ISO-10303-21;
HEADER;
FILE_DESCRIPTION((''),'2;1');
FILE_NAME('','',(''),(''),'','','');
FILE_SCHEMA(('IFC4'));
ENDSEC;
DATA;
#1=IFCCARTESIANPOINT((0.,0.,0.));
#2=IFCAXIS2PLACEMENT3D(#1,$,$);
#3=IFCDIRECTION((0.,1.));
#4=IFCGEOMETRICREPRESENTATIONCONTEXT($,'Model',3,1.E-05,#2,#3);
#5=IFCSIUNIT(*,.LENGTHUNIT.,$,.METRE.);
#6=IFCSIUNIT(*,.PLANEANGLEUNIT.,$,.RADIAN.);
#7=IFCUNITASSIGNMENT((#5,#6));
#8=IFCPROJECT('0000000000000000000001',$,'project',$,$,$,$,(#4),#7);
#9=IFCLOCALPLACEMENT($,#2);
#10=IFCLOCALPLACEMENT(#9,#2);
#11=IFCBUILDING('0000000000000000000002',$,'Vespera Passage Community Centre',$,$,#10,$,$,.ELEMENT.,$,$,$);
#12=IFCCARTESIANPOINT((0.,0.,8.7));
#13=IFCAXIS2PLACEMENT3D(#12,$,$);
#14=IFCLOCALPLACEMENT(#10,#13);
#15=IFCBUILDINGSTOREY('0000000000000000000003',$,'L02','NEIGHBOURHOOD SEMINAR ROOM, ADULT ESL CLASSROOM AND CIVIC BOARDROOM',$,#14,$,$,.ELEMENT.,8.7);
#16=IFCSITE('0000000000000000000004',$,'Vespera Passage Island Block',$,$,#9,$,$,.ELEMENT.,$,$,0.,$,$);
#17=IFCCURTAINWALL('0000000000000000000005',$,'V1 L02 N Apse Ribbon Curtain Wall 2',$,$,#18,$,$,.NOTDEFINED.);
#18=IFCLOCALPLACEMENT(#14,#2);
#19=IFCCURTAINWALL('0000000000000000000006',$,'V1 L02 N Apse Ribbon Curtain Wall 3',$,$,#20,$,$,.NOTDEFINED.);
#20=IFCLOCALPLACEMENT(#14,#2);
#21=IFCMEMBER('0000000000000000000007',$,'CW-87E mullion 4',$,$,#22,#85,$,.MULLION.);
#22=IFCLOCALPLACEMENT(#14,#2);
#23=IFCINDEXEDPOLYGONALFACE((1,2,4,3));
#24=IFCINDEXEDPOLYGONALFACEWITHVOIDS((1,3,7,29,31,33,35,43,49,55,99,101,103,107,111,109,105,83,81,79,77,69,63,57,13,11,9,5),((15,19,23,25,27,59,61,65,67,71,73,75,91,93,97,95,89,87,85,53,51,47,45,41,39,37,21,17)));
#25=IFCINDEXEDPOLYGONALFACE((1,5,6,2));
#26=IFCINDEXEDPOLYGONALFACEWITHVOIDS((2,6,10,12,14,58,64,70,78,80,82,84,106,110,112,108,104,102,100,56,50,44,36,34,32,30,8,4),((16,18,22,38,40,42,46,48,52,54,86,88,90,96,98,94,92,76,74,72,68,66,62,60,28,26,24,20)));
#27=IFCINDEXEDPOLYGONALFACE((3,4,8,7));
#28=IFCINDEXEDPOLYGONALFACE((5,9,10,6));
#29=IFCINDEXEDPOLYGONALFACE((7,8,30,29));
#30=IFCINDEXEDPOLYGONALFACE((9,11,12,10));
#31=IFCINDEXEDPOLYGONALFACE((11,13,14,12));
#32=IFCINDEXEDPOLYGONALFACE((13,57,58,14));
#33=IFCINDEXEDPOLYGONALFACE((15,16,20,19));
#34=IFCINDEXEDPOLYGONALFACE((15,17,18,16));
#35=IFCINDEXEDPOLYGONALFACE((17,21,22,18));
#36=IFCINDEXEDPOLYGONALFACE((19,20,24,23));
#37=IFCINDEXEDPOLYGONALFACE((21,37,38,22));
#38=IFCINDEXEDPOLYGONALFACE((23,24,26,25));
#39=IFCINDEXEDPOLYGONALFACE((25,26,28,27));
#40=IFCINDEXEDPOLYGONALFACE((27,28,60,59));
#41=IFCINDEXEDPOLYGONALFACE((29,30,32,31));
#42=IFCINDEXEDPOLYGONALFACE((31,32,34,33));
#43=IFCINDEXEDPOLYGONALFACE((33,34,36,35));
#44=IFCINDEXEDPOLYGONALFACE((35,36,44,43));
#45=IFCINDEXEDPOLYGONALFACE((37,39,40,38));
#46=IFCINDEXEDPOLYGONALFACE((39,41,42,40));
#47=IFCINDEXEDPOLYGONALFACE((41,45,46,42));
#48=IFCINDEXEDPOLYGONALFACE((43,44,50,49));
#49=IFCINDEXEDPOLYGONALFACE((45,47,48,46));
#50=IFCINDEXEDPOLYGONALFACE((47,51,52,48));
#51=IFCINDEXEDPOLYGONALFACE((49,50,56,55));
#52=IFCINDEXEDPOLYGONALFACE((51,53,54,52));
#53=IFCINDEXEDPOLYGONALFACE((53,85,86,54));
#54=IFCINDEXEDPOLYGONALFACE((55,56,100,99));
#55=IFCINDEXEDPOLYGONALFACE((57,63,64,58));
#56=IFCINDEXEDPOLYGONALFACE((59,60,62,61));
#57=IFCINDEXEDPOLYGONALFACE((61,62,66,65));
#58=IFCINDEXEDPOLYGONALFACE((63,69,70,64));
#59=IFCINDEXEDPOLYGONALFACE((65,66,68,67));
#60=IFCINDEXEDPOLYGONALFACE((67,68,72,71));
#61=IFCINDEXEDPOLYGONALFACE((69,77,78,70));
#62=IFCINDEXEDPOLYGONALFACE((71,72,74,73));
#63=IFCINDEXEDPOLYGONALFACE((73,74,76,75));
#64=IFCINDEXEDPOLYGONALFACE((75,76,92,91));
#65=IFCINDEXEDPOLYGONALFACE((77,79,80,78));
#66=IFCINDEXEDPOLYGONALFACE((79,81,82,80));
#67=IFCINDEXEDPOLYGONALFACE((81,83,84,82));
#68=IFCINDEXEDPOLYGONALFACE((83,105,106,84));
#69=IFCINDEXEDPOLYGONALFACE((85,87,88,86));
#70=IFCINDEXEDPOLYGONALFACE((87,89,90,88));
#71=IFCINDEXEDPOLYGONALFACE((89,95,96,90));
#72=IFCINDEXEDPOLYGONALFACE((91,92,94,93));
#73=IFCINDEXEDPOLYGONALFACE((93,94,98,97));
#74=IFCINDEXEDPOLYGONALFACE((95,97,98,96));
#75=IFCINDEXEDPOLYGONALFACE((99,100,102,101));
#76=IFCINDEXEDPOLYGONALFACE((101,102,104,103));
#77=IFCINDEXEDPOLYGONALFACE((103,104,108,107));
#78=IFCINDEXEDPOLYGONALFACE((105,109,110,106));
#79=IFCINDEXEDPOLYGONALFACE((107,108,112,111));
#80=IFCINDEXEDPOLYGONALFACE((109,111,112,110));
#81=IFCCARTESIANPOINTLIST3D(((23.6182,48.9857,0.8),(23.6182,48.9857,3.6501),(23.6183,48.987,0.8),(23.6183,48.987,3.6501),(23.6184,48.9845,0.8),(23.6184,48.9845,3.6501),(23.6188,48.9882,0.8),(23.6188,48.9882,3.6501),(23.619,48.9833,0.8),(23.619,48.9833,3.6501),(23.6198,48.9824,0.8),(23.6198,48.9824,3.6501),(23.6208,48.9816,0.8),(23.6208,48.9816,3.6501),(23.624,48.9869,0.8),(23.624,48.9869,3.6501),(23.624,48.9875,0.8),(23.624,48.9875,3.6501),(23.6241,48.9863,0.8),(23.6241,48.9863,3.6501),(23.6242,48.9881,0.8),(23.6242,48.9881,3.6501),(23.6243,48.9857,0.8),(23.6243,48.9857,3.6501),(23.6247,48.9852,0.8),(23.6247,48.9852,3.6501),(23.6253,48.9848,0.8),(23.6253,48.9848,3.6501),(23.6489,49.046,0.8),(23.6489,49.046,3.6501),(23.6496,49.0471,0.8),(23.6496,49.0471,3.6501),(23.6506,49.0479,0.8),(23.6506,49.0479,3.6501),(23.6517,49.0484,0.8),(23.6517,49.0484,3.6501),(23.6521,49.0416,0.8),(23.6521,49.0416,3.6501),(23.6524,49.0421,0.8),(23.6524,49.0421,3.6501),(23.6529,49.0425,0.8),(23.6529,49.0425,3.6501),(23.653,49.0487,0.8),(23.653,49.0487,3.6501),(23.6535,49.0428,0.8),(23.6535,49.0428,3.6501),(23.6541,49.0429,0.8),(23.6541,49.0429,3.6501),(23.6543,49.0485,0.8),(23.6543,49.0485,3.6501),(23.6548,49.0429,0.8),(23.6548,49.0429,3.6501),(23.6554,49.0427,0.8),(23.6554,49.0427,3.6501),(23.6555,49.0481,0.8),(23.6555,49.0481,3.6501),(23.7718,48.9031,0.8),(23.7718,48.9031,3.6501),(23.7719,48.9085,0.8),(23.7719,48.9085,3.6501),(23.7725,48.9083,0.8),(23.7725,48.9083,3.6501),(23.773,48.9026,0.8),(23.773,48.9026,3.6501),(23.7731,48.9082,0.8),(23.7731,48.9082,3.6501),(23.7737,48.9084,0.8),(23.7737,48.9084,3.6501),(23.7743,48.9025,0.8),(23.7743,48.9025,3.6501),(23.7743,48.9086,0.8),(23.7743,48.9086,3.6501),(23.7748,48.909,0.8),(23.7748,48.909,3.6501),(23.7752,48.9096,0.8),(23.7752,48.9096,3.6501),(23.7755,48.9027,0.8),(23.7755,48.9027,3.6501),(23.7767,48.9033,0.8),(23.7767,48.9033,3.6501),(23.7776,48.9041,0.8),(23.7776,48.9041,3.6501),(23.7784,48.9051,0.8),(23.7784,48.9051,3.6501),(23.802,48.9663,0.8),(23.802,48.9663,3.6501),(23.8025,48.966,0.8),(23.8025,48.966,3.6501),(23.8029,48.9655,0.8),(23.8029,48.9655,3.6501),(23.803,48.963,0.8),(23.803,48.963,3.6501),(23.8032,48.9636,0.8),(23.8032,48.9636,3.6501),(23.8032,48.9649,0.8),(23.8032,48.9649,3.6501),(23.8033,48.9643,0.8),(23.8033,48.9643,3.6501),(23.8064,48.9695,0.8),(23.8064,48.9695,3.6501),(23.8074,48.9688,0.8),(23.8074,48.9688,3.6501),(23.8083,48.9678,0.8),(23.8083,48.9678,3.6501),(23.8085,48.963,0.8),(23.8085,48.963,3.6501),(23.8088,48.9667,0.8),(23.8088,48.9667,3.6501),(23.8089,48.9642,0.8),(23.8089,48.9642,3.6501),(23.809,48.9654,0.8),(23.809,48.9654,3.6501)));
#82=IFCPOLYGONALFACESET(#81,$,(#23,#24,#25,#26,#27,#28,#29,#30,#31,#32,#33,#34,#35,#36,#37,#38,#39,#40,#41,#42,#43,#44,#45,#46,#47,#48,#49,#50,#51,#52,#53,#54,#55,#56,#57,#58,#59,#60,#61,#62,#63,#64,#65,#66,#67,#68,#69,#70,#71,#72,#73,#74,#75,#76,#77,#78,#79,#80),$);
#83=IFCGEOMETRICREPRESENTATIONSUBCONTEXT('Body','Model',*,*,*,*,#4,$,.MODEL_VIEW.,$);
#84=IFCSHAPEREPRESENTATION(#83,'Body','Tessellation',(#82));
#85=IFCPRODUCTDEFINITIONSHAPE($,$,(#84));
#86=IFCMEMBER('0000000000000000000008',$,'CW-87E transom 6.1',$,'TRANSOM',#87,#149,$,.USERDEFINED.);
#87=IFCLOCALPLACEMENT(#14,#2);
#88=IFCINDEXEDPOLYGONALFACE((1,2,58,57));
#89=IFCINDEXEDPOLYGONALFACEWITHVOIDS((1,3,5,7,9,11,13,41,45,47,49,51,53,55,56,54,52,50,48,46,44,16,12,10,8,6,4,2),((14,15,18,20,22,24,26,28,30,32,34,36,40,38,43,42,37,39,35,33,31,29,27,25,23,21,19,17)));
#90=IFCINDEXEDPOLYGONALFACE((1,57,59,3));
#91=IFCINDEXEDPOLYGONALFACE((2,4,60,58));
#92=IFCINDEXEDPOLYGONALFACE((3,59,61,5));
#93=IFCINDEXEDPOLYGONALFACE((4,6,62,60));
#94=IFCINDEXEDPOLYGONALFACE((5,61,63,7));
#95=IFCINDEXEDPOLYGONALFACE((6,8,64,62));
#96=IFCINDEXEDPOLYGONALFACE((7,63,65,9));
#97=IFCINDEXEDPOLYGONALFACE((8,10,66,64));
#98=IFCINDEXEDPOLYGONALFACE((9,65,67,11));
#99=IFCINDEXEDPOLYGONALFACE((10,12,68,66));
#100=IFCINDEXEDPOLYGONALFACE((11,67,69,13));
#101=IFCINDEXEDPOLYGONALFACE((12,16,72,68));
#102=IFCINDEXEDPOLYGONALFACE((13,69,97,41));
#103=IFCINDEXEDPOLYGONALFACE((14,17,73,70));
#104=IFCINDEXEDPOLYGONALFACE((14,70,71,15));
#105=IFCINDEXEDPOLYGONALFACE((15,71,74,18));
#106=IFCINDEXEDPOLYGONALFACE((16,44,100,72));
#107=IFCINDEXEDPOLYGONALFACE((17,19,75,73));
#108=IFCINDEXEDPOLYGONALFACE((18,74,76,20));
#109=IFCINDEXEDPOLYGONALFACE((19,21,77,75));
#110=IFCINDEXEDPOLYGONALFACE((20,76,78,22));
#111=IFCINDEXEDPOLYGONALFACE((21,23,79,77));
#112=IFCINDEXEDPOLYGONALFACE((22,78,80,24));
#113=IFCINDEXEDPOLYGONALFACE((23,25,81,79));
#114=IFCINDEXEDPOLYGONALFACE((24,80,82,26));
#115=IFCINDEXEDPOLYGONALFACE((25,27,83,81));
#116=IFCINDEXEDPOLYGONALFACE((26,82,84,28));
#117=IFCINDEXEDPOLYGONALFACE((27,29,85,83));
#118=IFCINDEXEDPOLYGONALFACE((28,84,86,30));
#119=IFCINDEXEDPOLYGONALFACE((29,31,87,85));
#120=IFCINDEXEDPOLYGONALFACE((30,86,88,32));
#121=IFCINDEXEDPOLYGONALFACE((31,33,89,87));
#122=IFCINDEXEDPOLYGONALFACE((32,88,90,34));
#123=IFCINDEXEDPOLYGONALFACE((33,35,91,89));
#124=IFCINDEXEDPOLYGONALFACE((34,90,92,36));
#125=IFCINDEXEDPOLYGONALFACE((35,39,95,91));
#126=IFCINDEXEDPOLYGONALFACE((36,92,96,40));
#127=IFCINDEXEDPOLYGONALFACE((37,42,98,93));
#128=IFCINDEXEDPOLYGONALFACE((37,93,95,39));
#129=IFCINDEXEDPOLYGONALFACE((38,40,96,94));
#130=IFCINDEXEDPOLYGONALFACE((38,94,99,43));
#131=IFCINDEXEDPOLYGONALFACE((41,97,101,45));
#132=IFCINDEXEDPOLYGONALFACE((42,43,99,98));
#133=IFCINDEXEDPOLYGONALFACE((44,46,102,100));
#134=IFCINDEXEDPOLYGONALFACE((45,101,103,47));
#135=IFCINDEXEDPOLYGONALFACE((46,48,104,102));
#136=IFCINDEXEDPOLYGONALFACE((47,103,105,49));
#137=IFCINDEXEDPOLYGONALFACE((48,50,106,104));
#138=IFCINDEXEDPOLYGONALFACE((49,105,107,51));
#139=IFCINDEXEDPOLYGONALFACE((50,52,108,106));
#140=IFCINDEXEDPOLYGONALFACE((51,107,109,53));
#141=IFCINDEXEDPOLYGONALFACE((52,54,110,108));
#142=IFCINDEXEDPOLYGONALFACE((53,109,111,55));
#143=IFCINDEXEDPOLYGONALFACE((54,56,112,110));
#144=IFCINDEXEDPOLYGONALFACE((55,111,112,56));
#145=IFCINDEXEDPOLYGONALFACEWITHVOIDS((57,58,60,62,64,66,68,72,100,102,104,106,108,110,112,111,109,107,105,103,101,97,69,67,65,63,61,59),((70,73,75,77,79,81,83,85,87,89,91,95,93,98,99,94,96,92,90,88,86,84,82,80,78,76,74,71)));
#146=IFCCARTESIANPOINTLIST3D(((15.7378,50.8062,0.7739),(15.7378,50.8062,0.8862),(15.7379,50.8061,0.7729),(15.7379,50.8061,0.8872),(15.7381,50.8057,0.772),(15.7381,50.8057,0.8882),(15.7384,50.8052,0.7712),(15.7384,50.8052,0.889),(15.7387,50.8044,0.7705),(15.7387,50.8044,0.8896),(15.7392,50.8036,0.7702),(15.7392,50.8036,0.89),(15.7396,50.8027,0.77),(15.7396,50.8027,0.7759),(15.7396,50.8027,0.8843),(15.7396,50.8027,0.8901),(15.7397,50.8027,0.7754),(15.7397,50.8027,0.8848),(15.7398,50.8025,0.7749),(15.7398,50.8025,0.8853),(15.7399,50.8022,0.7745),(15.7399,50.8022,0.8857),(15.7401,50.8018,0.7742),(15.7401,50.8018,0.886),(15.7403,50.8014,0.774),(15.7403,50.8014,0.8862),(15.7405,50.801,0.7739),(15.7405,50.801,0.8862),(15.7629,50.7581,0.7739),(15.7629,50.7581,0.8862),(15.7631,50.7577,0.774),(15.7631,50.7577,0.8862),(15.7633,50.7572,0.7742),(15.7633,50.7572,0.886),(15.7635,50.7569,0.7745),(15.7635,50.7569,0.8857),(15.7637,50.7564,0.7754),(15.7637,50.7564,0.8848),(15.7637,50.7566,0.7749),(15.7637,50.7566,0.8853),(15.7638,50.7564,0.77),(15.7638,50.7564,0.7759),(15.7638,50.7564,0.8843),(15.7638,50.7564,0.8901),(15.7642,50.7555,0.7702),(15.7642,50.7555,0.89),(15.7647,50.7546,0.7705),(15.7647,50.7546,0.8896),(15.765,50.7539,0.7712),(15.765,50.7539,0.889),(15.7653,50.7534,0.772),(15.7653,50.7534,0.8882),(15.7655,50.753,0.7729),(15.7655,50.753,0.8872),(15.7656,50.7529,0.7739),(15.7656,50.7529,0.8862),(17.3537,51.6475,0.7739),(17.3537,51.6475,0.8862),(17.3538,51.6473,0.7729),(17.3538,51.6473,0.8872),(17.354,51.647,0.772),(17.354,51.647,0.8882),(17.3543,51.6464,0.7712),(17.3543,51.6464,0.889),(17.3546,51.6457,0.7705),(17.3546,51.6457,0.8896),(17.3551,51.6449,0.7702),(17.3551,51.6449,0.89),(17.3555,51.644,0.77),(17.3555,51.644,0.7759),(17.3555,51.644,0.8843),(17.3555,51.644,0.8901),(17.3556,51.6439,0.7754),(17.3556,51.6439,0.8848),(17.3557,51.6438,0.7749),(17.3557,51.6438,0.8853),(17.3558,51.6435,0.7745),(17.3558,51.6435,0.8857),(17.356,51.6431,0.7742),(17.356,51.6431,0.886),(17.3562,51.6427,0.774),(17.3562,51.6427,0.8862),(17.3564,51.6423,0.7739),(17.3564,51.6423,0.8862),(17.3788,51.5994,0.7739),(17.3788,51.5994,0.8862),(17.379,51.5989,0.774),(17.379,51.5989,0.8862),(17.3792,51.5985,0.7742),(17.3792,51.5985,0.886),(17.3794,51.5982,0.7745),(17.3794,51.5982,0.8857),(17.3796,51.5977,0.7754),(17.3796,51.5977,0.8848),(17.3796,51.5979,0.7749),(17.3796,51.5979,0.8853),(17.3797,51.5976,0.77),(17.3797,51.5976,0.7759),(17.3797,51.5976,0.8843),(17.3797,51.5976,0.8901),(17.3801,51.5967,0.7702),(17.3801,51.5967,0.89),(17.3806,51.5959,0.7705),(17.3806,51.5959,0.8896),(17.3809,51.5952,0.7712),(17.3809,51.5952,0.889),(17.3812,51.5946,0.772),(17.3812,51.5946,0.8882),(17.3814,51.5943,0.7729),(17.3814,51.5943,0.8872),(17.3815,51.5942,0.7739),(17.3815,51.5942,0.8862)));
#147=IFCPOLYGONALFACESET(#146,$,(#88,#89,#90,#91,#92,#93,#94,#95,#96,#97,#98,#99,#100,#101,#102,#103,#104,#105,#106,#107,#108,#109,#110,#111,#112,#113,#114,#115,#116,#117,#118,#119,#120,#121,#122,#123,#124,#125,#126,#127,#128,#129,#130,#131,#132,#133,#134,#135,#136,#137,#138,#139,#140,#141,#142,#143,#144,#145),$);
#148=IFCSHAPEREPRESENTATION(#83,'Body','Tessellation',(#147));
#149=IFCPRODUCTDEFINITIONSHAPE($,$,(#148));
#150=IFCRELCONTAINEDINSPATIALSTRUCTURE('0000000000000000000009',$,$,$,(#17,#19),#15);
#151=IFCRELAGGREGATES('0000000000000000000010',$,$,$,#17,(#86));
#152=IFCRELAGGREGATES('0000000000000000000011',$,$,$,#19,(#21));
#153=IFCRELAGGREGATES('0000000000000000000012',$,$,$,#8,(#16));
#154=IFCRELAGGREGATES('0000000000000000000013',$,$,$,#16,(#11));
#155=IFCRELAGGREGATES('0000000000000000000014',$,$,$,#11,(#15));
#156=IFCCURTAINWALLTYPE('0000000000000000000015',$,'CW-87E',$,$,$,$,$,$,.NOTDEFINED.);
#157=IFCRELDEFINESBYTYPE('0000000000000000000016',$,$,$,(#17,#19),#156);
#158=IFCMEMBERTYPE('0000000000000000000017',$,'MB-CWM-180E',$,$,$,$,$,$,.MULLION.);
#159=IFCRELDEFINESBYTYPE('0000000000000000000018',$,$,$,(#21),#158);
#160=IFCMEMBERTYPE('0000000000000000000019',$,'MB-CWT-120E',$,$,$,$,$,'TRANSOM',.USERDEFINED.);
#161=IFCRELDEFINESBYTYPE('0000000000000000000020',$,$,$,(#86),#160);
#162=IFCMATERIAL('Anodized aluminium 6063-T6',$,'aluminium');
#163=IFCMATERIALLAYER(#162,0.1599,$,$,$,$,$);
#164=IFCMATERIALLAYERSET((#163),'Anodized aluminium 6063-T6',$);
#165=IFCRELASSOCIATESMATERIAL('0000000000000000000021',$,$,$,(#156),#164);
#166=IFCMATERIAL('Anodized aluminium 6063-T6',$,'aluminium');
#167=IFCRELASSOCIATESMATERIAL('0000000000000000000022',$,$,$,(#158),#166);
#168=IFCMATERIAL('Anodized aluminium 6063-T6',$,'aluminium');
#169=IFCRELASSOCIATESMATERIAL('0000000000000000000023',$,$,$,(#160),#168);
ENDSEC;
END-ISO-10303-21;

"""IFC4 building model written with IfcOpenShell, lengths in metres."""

from ifc_helpers import new_model, si_unit, direction, frame, origin, origin_2d, place, context, subcontext, project, spatial, hollow_rectangle, extrude, material, layer, layer_set, material_profile, profile_set, type_object, element, aggregate, save


model = new_model("IFC4")

# Units and contexts
model_context = context("Model", 3, precision=1e-05, world=origin(), true_north=direction((0.0, 1.0)))
body_context = subcontext(model_context, "Body", "Model", "MODEL_VIEW")
ifc_project = project(units=[si_unit("LENGTHUNIT", "METRE"), si_unit("PLANEANGLEUNIT", "RADIAN")], contexts=[model_context])

# Site, building, storey
site_placement = place(None, origin())
site = spatial("IfcSite", under=ifc_project, at=site_placement, Name="Vespera Passage Island Block", CompositionType="ELEMENT", RefElevation=0.0)
building_placement = place(site_placement, origin())
building = spatial("IfcBuilding", under=site, at=building_placement, Name="Vespera Passage Community Centre", CompositionType="ELEMENT")
storey_placement = place(building_placement, frame((0.0, 0.0, 8.7)))
storey = spatial("IfcBuildingStorey", under=building, at=storey_placement, Name="L02", Description="NEIGHBOURHOOD SEMINAR ROOM, ADULT ESL CLASSROOM AND CIVIC BOARDROOM", CompositionType="ELEMENT", Elevation=8.7)

# Curtain wall
ifc_material_1 = material(Name="Anodized aluminium 6063-T6", Category="aluminium")
ifc_layer_1 = layer(ifc_material_1, 0.1599)
ifc_layer_set_1 = layer_set([ifc_layer_1], Name="Anodized aluminium 6063-T6")
curtain_wall_type = type_object("IfcCurtainWallType", Name="CW-87E", PredefinedType="NOTDEFINED", material=ifc_layer_set_1)
curtain_wall_1_placement = place(storey_placement, origin())
curtain_wall_1 = element("IfcCurtainWall", 1, at=curtain_wall_1_placement, inside=storey, type_object=curtain_wall_type, Name="V1 L02 N Apse Ribbon Curtain Wall 2", PredefinedType="NOTDEFINED")
ifc_material_2 = material(Name="Anodized aluminium 6063-T6", Category="aluminium")
ifc_material_profile_1 = material_profile(ifc_material_2, hollow_rectangle(XDim=0.075, YDim=0.1799, WallThickness=0.0049, InnerFilletRadius=0.0024, OuterFilletRadius=0.0049, at=origin_2d()), Name="ALU180X75X5")
ifc_profile_set_1 = profile_set([ifc_material_profile_1], Name="Anodized aluminium 6063-T6")
member_type_1 = type_object("IfcMemberType", Name="MB-CWM-180E", PredefinedType="MULLION", material=ifc_profile_set_1)

# Curtain wall, member
curtain_wall_2_placement = place(storey_placement, origin())
curtain_wall_2 = element("IfcCurtainWall", 2, at=curtain_wall_2_placement, inside=storey, type_object=curtain_wall_type, Name="V1 L02 N Apse Ribbon Curtain Wall 3", PredefinedType="NOTDEFINED")
member_1_placement = place(storey_placement, frame((23.7136, 48.9756, 0.8), z_axis=(0.0, 0.0, 1.0), x_axis=(0.461745, 0.887013, 0.0)))
member_1 = element("IfcMember", 3, at=member_1_placement, type_object=member_type_1, Name="CW-87E mullion 4", PredefinedType="MULLION", context=body_context, shape_type="SweptSolid", body=[
    extrude(hollow_rectangle(XDim=0.075, YDim=0.1799, WallThickness=0.0049, InnerFilletRadius=0.0024, OuterFilletRadius=0.0049, at=origin_2d()), origin(), (0.0, 0.0, 1.0), 2.8501),
])

# Member
ifc_material_3 = material(Name="Anodized aluminium 6063-T6", Category="aluminium")
ifc_material_profile_2 = material_profile(ifc_material_3, hollow_rectangle(XDim=0.0601, YDim=0.1201, WallThickness=0.0039, InnerFilletRadius=0.002, OuterFilletRadius=0.0039, at=origin_2d()), Name="ALU120X60X4")
ifc_profile_set_2 = profile_set([ifc_material_profile_2], Name="Anodized aluminium 6063-T6")
member_type_2 = type_object("IfcMemberType", Name="MB-CWT-120E", ElementType="TRANSOM", PredefinedType="USERDEFINED", material=ifc_profile_set_2)
member_2_placement = place(storey_placement, frame((15.7517, 50.7795, 0.8301), z_axis=(0.886991, 0.461787, 0.0), x_axis=(-0.461787, 0.886991, 0.0)))
member_2 = element("IfcMember", 4, at=member_2_placement, type_object=member_type_2, Name="CW-87E transom 6.1", ObjectType="TRANSOM", PredefinedType="USERDEFINED", context=body_context, shape_type="SweptSolid", body=[
    extrude(hollow_rectangle(XDim=0.0601, YDim=0.1201, WallThickness=0.0039, InnerFilletRadius=0.002, OuterFilletRadius=0.0039, at=origin_2d()), origin(), (0.0, 0.0, 1.0), 1.8218),
])

aggregate(curtain_wall_1, [member_2])
aggregate(curtain_wall_2, [member_1])

save(model, "model.ifc")
